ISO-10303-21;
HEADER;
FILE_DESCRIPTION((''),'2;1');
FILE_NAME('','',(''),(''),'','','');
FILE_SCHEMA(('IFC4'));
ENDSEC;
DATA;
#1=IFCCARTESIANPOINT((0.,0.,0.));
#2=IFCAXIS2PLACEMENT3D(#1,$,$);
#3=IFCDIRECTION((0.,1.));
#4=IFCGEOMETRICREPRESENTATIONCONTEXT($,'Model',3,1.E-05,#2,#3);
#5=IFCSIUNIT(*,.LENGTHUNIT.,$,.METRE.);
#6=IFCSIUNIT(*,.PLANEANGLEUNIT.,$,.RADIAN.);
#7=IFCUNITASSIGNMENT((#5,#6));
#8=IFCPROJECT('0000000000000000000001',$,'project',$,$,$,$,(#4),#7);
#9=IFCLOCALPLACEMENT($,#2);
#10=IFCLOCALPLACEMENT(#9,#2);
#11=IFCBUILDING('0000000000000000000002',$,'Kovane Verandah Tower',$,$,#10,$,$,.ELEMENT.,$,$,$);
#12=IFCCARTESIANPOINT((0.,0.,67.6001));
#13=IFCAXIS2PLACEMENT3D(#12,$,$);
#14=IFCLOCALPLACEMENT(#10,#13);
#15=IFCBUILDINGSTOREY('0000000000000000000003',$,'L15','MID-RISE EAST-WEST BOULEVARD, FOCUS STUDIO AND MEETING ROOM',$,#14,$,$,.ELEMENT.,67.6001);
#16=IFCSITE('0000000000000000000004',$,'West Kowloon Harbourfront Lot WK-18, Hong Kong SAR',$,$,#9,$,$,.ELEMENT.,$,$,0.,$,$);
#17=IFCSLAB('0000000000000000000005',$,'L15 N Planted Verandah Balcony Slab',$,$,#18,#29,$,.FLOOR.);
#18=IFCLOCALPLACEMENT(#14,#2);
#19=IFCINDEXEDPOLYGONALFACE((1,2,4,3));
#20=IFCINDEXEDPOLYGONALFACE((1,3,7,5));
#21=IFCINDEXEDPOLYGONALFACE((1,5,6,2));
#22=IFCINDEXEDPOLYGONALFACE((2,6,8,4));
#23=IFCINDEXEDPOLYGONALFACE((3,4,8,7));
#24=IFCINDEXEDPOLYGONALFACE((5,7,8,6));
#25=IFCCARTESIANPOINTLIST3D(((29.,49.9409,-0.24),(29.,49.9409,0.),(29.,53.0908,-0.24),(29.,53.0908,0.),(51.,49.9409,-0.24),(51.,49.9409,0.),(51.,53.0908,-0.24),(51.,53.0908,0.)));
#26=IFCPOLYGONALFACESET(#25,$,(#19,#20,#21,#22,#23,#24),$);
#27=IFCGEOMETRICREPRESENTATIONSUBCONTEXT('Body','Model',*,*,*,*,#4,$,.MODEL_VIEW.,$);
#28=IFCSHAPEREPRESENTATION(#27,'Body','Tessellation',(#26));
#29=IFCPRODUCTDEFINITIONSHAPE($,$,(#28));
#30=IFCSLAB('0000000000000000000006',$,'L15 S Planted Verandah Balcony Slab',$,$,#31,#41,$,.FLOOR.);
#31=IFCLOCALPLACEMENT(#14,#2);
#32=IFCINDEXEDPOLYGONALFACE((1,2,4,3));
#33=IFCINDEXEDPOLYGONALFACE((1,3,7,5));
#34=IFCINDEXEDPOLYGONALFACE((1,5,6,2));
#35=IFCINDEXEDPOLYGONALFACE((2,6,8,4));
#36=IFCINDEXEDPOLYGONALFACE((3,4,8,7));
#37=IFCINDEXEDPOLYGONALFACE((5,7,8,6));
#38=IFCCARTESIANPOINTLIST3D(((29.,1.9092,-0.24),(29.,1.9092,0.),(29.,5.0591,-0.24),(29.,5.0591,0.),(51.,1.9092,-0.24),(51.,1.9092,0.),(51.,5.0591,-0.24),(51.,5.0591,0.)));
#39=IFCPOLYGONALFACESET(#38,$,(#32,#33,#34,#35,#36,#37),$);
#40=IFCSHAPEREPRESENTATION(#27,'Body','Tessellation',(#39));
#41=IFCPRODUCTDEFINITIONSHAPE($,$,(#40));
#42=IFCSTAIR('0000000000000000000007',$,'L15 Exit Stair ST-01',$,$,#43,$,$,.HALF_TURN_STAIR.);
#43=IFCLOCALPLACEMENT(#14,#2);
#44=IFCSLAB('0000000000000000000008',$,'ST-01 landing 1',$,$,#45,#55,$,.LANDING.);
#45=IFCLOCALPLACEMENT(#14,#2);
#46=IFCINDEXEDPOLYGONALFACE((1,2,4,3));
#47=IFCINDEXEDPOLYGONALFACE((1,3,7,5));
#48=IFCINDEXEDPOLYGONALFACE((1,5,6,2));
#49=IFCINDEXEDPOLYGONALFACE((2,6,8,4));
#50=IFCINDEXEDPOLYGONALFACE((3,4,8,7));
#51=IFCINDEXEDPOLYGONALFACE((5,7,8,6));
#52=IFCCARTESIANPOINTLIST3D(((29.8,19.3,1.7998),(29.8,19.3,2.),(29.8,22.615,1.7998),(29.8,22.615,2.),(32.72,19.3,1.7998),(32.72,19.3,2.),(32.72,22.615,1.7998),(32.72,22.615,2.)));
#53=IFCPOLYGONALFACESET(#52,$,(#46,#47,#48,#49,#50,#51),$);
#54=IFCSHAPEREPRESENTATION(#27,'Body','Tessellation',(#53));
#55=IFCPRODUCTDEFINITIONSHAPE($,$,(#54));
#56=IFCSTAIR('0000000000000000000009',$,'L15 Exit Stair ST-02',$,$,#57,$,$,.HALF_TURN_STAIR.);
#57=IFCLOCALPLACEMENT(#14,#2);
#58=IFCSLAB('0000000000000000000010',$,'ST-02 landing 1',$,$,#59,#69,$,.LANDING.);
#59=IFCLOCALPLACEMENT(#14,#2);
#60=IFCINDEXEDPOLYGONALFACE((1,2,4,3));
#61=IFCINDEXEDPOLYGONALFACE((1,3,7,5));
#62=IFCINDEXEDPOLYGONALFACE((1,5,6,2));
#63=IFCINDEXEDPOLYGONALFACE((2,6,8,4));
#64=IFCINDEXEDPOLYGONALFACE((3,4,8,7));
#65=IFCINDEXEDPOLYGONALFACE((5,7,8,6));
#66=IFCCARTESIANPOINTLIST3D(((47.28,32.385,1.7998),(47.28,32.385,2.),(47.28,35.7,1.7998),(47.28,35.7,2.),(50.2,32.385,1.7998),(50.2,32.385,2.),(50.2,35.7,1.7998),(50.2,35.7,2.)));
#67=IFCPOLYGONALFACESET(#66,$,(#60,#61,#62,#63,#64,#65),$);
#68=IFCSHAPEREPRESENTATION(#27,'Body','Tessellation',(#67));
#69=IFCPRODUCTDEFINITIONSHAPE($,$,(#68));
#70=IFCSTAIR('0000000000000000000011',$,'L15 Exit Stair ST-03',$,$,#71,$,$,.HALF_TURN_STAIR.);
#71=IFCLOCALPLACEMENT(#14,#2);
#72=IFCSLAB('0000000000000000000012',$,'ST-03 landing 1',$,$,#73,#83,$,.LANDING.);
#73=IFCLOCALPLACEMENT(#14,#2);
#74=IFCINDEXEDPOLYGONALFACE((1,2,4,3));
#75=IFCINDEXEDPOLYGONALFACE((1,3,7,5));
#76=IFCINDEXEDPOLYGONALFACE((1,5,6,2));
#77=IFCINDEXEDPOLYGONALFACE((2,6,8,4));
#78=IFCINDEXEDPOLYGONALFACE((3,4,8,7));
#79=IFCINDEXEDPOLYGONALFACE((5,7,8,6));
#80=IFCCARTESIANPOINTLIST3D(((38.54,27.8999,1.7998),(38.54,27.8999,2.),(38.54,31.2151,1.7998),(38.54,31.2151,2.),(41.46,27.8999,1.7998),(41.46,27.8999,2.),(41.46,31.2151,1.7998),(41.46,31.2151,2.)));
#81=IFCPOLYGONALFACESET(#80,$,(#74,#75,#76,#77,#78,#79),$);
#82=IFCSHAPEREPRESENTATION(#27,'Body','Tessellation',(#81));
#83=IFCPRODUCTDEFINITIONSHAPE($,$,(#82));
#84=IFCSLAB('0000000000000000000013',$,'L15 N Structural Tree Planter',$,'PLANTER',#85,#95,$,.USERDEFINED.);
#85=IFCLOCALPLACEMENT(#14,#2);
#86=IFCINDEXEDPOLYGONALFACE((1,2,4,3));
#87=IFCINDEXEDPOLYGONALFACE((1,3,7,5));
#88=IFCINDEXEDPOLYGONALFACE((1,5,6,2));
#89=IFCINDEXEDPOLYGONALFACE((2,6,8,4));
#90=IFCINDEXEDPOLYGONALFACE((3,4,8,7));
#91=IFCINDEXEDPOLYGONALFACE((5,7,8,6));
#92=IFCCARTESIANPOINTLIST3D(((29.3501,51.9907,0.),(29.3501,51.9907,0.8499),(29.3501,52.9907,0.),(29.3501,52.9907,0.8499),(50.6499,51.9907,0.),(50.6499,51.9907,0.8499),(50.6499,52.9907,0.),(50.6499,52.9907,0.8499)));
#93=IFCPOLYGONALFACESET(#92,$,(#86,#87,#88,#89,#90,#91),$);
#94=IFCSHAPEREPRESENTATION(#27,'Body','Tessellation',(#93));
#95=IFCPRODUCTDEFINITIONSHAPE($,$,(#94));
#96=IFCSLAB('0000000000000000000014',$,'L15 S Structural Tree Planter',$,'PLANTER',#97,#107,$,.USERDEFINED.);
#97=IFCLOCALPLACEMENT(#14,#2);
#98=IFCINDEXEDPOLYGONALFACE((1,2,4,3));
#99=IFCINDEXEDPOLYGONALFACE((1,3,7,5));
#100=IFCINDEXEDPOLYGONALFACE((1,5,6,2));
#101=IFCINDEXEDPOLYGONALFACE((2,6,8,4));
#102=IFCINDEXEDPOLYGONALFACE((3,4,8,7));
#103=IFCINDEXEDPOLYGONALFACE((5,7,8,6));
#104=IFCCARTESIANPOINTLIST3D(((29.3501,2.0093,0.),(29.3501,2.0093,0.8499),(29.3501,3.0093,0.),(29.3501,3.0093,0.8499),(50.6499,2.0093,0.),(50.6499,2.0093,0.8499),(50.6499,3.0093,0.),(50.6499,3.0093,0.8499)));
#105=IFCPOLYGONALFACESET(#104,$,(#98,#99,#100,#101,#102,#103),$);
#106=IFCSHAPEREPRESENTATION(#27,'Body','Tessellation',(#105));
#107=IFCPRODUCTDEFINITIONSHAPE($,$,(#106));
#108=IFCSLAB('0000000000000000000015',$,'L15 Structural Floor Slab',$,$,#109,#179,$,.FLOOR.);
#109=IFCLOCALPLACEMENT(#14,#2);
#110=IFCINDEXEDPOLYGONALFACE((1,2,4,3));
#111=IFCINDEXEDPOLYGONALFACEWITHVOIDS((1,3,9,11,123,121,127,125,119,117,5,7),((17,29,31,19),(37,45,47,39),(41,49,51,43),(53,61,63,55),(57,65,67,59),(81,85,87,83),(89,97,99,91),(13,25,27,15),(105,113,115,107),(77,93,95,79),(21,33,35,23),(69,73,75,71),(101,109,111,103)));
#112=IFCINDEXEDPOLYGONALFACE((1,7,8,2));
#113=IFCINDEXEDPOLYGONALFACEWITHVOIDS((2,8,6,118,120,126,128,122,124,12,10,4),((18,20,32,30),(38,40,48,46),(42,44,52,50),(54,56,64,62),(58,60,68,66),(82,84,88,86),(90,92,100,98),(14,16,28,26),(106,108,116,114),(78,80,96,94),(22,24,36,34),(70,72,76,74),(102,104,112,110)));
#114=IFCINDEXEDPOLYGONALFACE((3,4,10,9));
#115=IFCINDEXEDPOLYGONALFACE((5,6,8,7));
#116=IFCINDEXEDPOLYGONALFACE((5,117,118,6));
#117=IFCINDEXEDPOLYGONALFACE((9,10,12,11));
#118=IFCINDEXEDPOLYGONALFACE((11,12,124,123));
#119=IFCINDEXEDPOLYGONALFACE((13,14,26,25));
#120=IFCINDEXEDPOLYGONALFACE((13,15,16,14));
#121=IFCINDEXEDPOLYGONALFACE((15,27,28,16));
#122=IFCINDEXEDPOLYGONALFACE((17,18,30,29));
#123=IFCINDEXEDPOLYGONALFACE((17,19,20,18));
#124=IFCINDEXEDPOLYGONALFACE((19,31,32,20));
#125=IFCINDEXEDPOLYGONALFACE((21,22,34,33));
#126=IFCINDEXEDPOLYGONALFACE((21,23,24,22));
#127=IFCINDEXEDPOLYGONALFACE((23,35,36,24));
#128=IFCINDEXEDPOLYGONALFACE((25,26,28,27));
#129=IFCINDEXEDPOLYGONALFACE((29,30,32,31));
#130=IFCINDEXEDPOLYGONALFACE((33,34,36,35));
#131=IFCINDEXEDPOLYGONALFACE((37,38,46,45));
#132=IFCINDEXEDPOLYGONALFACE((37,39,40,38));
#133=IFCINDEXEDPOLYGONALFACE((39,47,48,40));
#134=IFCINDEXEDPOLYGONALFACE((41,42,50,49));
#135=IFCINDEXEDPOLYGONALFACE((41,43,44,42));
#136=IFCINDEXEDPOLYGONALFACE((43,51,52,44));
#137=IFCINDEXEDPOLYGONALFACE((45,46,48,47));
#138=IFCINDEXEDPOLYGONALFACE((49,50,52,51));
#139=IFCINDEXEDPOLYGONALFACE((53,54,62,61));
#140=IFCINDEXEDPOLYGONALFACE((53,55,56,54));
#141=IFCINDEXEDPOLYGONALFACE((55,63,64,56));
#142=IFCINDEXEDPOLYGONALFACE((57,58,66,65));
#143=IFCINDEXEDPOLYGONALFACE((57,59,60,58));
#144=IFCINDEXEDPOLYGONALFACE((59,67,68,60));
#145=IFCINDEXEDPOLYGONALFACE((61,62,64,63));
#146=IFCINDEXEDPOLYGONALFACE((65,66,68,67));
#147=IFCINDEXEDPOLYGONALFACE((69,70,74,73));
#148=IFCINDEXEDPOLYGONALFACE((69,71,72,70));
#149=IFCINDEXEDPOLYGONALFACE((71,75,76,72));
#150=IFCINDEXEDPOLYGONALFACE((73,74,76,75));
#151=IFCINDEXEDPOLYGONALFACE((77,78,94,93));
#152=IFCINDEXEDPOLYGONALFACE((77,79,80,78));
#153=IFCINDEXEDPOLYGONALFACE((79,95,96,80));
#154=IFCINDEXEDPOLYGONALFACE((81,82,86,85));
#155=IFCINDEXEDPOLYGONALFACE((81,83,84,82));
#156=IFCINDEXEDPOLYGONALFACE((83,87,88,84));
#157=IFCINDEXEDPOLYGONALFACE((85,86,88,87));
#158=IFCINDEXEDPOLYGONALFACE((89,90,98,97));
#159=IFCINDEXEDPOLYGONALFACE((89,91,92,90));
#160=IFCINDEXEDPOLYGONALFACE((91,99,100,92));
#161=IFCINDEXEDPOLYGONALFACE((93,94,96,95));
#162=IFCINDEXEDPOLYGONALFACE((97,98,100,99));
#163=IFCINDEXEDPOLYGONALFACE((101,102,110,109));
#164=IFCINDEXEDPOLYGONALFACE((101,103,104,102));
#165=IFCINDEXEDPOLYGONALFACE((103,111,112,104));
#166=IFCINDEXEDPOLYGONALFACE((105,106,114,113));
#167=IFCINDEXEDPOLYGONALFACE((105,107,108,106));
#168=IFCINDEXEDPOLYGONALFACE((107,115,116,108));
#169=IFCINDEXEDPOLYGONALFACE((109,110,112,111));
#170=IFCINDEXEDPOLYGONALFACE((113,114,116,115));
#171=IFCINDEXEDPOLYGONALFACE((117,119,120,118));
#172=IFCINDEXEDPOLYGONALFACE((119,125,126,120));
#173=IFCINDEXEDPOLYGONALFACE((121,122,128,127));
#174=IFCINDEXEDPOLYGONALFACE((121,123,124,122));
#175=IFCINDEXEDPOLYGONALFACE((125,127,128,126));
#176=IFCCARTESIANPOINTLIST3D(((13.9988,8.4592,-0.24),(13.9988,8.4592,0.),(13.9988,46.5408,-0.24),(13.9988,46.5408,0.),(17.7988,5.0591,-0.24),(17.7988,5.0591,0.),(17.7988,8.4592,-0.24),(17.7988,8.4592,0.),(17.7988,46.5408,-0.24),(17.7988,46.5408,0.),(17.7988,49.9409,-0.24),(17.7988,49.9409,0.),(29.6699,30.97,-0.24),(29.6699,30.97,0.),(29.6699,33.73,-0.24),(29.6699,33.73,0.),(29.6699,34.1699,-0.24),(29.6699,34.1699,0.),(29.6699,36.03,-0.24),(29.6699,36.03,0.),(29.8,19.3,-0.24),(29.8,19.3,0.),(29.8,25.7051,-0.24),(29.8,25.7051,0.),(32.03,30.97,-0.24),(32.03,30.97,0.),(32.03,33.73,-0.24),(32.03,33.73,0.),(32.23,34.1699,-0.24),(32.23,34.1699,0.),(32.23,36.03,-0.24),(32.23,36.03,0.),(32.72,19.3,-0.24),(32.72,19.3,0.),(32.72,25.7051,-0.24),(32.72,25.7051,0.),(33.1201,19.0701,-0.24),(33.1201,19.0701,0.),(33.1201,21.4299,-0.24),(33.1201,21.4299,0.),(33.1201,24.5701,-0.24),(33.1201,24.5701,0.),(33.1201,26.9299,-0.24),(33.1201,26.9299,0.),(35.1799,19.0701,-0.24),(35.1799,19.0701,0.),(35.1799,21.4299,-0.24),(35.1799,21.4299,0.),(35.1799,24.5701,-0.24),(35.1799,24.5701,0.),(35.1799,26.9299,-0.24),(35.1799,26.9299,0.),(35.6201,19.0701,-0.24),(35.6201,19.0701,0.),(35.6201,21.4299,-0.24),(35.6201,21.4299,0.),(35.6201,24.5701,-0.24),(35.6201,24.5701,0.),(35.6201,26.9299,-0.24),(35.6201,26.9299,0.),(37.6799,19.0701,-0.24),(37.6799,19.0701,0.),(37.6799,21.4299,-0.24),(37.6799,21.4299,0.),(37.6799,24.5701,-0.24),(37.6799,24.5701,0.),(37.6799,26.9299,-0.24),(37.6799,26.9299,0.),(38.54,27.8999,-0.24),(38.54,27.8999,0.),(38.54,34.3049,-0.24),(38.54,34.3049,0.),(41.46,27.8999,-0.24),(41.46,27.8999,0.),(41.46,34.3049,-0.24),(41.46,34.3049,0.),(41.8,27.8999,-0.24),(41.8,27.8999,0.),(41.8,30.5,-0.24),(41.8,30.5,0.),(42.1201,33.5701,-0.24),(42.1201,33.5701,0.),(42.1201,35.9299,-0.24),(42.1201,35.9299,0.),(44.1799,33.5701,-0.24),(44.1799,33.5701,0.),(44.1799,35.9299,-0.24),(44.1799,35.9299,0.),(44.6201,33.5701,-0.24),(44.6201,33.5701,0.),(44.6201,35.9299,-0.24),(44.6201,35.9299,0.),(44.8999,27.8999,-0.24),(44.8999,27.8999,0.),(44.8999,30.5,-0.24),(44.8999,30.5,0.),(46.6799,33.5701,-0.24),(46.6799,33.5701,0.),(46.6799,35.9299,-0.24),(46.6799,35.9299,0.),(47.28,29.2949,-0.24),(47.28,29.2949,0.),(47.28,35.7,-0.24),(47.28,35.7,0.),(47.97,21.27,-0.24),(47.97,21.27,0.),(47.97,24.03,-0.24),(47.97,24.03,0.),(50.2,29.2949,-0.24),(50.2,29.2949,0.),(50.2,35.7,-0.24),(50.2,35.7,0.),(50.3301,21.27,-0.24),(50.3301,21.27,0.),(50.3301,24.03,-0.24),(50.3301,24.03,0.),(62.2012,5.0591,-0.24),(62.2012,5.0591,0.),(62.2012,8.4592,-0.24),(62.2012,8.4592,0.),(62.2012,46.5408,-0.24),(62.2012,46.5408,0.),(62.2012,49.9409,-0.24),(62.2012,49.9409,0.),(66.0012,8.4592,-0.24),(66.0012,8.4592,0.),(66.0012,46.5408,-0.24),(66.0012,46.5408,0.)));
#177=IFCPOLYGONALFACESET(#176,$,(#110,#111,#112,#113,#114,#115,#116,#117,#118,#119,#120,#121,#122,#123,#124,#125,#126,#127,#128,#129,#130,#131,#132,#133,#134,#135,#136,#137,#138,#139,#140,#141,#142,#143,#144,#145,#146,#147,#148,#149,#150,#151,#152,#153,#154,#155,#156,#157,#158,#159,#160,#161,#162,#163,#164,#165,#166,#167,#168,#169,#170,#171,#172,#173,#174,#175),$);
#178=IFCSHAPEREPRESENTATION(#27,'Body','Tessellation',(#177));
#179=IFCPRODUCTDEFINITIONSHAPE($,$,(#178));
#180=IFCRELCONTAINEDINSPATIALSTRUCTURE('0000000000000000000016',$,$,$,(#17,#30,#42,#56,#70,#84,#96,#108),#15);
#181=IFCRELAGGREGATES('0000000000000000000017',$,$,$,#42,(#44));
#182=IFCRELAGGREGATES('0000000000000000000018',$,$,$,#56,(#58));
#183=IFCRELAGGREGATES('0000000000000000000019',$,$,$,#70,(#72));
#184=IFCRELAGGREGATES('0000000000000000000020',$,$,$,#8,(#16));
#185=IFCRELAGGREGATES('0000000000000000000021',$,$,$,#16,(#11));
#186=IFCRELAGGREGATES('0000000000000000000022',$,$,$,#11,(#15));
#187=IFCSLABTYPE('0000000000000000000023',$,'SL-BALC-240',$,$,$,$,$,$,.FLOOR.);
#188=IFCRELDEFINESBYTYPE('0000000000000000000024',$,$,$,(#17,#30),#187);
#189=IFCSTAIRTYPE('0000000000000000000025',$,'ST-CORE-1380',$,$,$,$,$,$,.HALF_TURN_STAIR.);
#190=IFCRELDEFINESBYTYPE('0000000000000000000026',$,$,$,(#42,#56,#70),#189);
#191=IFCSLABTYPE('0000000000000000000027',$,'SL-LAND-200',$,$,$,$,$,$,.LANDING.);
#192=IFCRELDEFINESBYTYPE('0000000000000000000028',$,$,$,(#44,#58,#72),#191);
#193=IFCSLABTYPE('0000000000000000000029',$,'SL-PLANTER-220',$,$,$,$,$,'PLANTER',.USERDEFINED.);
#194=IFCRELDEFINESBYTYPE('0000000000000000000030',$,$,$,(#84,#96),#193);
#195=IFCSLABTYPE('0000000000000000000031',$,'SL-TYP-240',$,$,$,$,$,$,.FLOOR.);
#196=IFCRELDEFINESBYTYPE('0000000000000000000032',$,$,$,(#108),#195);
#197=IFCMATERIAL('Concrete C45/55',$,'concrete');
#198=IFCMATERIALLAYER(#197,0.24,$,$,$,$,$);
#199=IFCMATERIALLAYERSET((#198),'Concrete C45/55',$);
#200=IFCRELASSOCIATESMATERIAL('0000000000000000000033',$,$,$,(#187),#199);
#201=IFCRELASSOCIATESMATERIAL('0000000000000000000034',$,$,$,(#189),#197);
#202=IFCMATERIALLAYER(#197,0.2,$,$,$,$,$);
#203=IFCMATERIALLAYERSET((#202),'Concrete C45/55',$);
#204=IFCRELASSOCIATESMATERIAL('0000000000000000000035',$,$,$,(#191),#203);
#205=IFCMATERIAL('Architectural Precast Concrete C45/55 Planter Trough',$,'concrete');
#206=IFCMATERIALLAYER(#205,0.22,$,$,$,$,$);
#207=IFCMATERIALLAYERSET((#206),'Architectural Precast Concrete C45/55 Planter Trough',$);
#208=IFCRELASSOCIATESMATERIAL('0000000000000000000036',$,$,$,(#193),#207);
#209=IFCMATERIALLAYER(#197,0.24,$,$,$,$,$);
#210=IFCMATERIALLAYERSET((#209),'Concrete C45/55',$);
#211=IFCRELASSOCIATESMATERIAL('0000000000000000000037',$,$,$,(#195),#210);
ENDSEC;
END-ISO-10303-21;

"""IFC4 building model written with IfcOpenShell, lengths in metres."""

from ifc_helpers import new_model, si_unit, direction, frame, origin, place, context, subcontext, project, spatial, polyline, outline, extrude, material, layer, layer_set, type_object, element, aggregate, save


model = new_model("IFC4")

# Units and contexts
model_context = context("Model", 3, precision=1e-05, world=origin(), true_north=direction((0.0, 1.0)))
body_context = subcontext(model_context, "Body", "Model", "MODEL_VIEW")
ifc_project = project(units=[si_unit("LENGTHUNIT", "METRE"), si_unit("PLANEANGLEUNIT", "RADIAN")], contexts=[model_context])

# Site, building, storey
site_placement = place(None, origin())
site = spatial("IfcSite", under=ifc_project, at=site_placement, Name="West Kowloon Harbourfront Lot WK-18, Hong Kong SAR", CompositionType="ELEMENT", RefElevation=0.0)
building_placement = place(site_placement, origin())
building = spatial("IfcBuilding", under=site, at=building_placement, Name="Kovane Verandah Tower", CompositionType="ELEMENT")
storey_placement = place(building_placement, frame((0.0, 0.0, 67.6001)))
storey = spatial("IfcBuildingStorey", under=building, at=storey_placement, Name="L15", Description="MID-RISE EAST-WEST BOULEVARD, FOCUS STUDIO AND MEETING ROOM", CompositionType="ELEMENT", Elevation=67.6001)

# Slabs
ifc_material_1 = material(Name="Concrete C45/55", Category="concrete")
ifc_layer_1 = layer(ifc_material_1, 0.24)
ifc_layer_set_1 = layer_set([ifc_layer_1], Name="Concrete C45/55")
slab_type_1 = type_object("IfcSlabType", Name="SL-BALC-240", PredefinedType="FLOOR", material=ifc_layer_set_1)
slab_1_placement = place(storey_placement, frame((0.0, 0.0, -0.24)))
element("IfcSlab", 1, at=slab_1_placement, inside=storey, type_object=slab_type_1, Name="L15 N Planted Verandah Balcony Slab", PredefinedType="FLOOR", context=body_context, shape_type="SweptSolid", body=[
    extrude(outline(polyline([(29.0, 49.9409), (51.0, 49.9409), (51.0, 53.0908), (29.0, 53.0908), (29.0, 49.9409)])), origin(), (0.0, 0.0, 1.0), 0.24),
])
slab_2_placement = place(storey_placement, frame((0.0, 0.0, -0.24)))
element("IfcSlab", 2, at=slab_2_placement, inside=storey, type_object=slab_type_1, Name="L15 S Planted Verandah Balcony Slab", PredefinedType="FLOOR", context=body_context, shape_type="SweptSolid", body=[
    extrude(outline(polyline([(29.0, 1.9092), (51.0, 1.9092), (51.0, 5.0591), (29.0, 5.0591), (29.0, 1.9092)])), origin(), (0.0, 0.0, 1.0), 0.24),
])

# Stairs, slabs
stair_type = type_object("IfcStairType", Name="ST-CORE-1380", PredefinedType="HALF_TURN_STAIR", material=ifc_material_1)
stair_1_placement = place(storey_placement, origin())
stair_1 = element("IfcStair", 3, at=stair_1_placement, inside=storey, type_object=stair_type, Name="L15 Exit Stair ST-01", PredefinedType="HALF_TURN_STAIR")
ifc_layer_2 = layer(ifc_material_1, 0.2)
ifc_layer_set_2 = layer_set([ifc_layer_2], Name="Concrete C45/55")
slab_type_2 = type_object("IfcSlabType", Name="SL-LAND-200", PredefinedType="LANDING", material=ifc_layer_set_2)
slab_3_placement = place(storey_placement, frame((0.0, 0.0, 1.7998)))
slab_3 = element("IfcSlab", 4, at=slab_3_placement, type_object=slab_type_2, Name="ST-01 landing 1", PredefinedType="LANDING", context=body_context, shape_type="SweptSolid", body=[
    extrude(outline(polyline([(29.8, 22.615), (29.8, 19.3), (32.72, 19.3), (32.72, 22.615), (29.8, 22.615)])), origin(), (0.0, 0.0, 1.0), 0.2002),
])
aggregate(stair_1, [slab_3])
stair_2_placement = place(storey_placement, origin())
stair_2 = element("IfcStair", 5, at=stair_2_placement, inside=storey, type_object=stair_type, Name="L15 Exit Stair ST-02", PredefinedType="HALF_TURN_STAIR")
slab_4_placement = place(storey_placement, frame((0.0, 0.0, 1.7998)))
slab_4 = element("IfcSlab", 6, at=slab_4_placement, type_object=slab_type_2, Name="ST-02 landing 1", PredefinedType="LANDING", context=body_context, shape_type="SweptSolid", body=[
    extrude(outline(polyline([(50.2, 32.385), (50.2, 35.7), (47.28, 35.7), (47.28, 32.385), (50.2, 32.385)])), origin(), (0.0, 0.0, 1.0), 0.2002),
])
aggregate(stair_2, [slab_4])
stair_3_placement = place(storey_placement, origin())
stair_3 = element("IfcStair", 7, at=stair_3_placement, inside=storey, type_object=stair_type, Name="L15 Exit Stair ST-03", PredefinedType="HALF_TURN_STAIR")
slab_5_placement = place(storey_placement, frame((0.0, 0.0, 1.7998)))
slab_5 = element("IfcSlab", 8, at=slab_5_placement, type_object=slab_type_2, Name="ST-03 landing 1", PredefinedType="LANDING", context=body_context, shape_type="SweptSolid", body=[
    extrude(outline(polyline([(38.54, 31.2151), (38.54, 27.8999), (41.46, 27.8999), (41.46, 31.2151), (38.54, 31.2151)])), origin(), (0.0, 0.0, 1.0), 0.2002),
])
aggregate(stair_3, [slab_5])

# Slabs
ifc_material_2 = material(Name="Architectural Precast Concrete C45/55 Planter Trough", Category="concrete")
ifc_layer_3 = layer(ifc_material_2, 0.22)
ifc_layer_set_3 = layer_set([ifc_layer_3], Name="Architectural Precast Concrete C45/55 Planter Trough")
slab_type_3 = type_object("IfcSlabType", Name="SL-PLANTER-220", ElementType="PLANTER", PredefinedType="USERDEFINED", material=ifc_layer_set_3)
slab_6_placement = place(storey_placement, origin())
element("IfcSlab", 9, at=slab_6_placement, inside=storey, type_object=slab_type_3, Name="L15 N Structural Tree Planter", ObjectType="PLANTER", PredefinedType="USERDEFINED", context=body_context, shape_type="SweptSolid", body=[
    extrude(outline(polyline([(29.3501, 51.9907), (50.6499, 51.9907), (50.6499, 52.9907), (29.3501, 52.9907), (29.3501, 51.9907)])), origin(), (0.0, 0.0, 1.0), 0.8499),
])
slab_7_placement = place(storey_placement, origin())
element("IfcSlab", 10, at=slab_7_placement, inside=storey, type_object=slab_type_3, Name="L15 S Structural Tree Planter", ObjectType="PLANTER", PredefinedType="USERDEFINED", context=body_context, shape_type="SweptSolid", body=[
    extrude(outline(polyline([(29.3501, 2.0093), (50.6499, 2.0093), (50.6499, 3.0093), (29.3501, 3.0093), (29.3501, 2.0093)])), origin(), (0.0, 0.0, 1.0), 0.8499),
])
ifc_layer_4 = layer(ifc_material_1, 0.24)
ifc_layer_set_4 = layer_set([ifc_layer_4], Name="Concrete C45/55")
slab_type_4 = type_object("IfcSlabType", Name="SL-TYP-240", PredefinedType="FLOOR", material=ifc_layer_set_4)
slab_8_placement = place(storey_placement, frame((0.0, 0.0, -0.24)))
element("IfcSlab", 11, at=slab_8_placement, inside=storey, type_object=slab_type_4, Name="L15 Structural Floor Slab", PredefinedType="FLOOR", context=body_context, shape_type="SweptSolid", body=[
    extrude(outline(polyline([(17.7988, 5.0591), (62.2012, 5.0591), (62.2012, 8.4592), (66.0012, 8.4592), (66.0012, 46.5408), (62.2012, 46.5408), (62.2012, 49.9409), (17.7988, 49.9409), (17.7988, 46.5408), (13.9988, 46.5408), (13.9988, 8.4592), (17.7988, 8.4592), (17.7988, 5.0591)]), holes=[polyline([(29.8, 19.3), (32.72, 19.3), (32.72, 25.7051), (29.8, 25.7051), (29.8, 19.3)]), polyline([(47.28, 29.2949), (50.2, 29.2949), (50.2, 35.7), (47.28, 35.7), (47.28, 29.2949)]), polyline([(38.54, 27.8999), (41.46, 27.8999), (41.46, 34.3049), (38.54, 34.3049), (38.54, 27.8999)]), polyline([(29.6699, 30.97), (32.03, 30.97), (32.03, 33.73), (29.6699, 33.73), (29.6699, 30.97)]), polyline([(47.97, 21.27), (50.3301, 21.27), (50.3301, 24.03), (47.97, 24.03), (47.97, 21.27)]), polyline([(29.6699, 34.1699), (32.23, 34.1699), (32.23, 36.03), (29.6699, 36.03), (29.6699, 34.1699)]), polyline([(33.1201, 19.0701), (35.1799, 19.0701), (35.1799, 21.4299), (33.1201, 21.4299), (33.1201, 19.0701)]), polyline([(35.6201, 19.0701), (37.6799, 19.0701), (37.6799, 21.4299), (35.6201, 21.4299), (35.6201, 19.0701)]), polyline([(33.1201, 24.5701), (35.1799, 24.5701), (35.1799, 26.9299), (33.1201, 26.9299), (33.1201, 24.5701)]), polyline([(35.6201, 24.5701), (37.6799, 24.5701), (37.6799, 26.9299), (35.6201, 26.9299), (35.6201, 24.5701)]), polyline([(42.1201, 33.5701), (44.1799, 33.5701), (44.1799, 35.9299), (42.1201, 35.9299), (42.1201, 33.5701)]), polyline([(44.6201, 33.5701), (46.6799, 33.5701), (46.6799, 35.9299), (44.6201, 35.9299), (44.6201, 33.5701)]), polyline([(41.8, 27.8999), (44.8999, 27.8999), (44.8999, 30.5), (41.8, 30.5), (41.8, 27.8999)])]), origin(), (0.0, 0.0, 1.0), 0.24),
])

save(model, "model.ifc")
